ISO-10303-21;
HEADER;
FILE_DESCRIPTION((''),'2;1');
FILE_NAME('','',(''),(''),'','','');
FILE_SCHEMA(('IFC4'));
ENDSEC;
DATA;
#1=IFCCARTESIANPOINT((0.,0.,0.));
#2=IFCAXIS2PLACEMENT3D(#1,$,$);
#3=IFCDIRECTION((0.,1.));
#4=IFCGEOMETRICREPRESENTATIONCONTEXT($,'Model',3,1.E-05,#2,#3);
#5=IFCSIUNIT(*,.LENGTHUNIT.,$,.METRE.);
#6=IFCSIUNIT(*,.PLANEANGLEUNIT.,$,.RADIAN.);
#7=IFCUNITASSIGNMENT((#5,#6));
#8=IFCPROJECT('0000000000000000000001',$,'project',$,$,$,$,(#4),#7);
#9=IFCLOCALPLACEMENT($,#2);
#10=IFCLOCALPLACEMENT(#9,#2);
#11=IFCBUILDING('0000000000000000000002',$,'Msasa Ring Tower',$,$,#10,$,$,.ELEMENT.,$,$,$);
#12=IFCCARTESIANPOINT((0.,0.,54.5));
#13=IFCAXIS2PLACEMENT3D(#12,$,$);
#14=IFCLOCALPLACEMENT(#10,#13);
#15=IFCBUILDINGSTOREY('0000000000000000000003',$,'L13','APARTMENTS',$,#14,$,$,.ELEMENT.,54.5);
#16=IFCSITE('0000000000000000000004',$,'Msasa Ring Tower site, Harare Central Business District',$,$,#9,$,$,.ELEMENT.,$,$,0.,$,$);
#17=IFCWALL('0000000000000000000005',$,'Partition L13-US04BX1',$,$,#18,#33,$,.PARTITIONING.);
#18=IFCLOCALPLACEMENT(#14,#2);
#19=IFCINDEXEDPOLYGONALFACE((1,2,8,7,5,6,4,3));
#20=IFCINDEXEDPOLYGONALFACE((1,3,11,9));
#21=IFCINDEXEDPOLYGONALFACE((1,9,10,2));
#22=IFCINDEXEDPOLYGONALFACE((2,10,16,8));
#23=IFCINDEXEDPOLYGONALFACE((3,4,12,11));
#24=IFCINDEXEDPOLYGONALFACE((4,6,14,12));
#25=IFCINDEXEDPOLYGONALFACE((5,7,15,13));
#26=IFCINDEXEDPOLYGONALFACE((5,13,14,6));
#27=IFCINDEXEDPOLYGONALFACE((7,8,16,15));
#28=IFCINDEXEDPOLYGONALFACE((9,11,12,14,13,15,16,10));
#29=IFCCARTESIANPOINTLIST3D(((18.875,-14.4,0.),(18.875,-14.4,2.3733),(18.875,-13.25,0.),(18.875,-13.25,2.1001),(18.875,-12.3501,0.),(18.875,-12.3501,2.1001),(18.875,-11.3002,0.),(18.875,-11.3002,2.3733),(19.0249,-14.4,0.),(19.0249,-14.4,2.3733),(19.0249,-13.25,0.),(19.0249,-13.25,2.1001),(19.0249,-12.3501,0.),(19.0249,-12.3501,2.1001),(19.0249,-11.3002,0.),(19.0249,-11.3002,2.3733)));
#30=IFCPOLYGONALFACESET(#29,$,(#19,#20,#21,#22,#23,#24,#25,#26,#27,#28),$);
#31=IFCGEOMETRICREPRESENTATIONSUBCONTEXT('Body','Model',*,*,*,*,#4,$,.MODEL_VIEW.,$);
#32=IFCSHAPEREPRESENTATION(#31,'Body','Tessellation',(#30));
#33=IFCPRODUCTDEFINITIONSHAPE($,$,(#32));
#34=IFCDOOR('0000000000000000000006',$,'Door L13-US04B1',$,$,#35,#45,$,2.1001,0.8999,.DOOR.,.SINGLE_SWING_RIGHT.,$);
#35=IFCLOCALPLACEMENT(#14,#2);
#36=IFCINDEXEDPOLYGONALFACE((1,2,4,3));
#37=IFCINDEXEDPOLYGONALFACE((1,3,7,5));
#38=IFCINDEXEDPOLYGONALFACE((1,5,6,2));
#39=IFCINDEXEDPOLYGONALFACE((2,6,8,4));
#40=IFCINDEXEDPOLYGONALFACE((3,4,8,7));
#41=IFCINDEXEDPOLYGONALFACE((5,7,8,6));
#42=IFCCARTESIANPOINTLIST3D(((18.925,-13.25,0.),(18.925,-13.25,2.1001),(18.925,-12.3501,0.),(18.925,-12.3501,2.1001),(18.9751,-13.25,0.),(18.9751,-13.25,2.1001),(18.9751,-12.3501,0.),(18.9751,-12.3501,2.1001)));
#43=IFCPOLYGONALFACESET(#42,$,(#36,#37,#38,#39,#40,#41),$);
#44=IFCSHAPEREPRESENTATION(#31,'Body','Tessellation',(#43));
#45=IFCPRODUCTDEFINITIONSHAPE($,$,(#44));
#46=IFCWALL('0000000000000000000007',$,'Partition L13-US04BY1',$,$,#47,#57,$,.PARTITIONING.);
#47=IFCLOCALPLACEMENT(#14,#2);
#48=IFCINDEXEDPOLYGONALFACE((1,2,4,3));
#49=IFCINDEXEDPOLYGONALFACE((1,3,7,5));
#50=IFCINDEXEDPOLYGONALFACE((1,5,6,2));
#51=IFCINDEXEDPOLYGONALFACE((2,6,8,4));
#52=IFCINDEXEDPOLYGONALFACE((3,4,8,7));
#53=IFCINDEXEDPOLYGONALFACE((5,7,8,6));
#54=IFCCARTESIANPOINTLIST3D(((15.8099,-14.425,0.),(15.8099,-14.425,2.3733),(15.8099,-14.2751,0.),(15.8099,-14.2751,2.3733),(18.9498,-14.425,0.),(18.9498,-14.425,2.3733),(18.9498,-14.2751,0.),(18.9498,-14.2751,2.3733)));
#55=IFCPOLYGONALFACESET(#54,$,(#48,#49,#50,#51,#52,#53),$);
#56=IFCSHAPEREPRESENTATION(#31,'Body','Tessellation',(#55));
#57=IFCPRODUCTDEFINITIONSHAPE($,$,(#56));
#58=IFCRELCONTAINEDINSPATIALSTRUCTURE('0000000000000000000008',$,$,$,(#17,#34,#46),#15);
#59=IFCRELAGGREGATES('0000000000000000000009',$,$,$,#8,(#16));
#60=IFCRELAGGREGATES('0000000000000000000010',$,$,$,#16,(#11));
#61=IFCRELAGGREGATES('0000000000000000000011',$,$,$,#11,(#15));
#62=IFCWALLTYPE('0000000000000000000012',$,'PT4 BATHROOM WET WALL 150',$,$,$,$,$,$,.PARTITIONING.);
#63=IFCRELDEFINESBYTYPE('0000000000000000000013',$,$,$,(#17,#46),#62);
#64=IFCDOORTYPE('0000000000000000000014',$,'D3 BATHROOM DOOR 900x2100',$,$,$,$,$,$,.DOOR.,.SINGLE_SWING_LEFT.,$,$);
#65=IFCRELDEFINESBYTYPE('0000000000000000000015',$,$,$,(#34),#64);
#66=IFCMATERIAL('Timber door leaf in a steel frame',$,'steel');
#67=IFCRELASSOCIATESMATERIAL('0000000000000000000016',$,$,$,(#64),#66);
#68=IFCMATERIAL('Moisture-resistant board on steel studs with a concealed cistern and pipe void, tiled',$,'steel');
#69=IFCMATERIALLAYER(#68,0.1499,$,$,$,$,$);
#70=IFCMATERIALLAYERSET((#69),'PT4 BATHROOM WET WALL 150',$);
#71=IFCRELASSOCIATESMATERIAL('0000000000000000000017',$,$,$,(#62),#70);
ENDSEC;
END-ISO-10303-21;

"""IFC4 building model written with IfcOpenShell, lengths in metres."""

from ifc_helpers import new_model, si_unit, direction, frame, frame_2d, origin, place, context, subcontext, project, spatial, rectangle, extrude, material, layer, layer_set, type_object, element, fill, save


model = new_model("IFC4")

# Units and contexts
model_context = context("Model", 3, precision=1e-05, world=origin(), true_north=direction((0.0, 1.0)))
body_context = subcontext(model_context, "Body", "Model", "MODEL_VIEW")
ifc_project = project(units=[si_unit("LENGTHUNIT", "METRE"), si_unit("PLANEANGLEUNIT", "RADIAN")], contexts=[model_context])

# Site, building, storey
site_placement = place(None, origin())
site = spatial("IfcSite", under=ifc_project, at=site_placement, Name="Msasa Ring Tower site, Harare Central Business District", CompositionType="ELEMENT", RefElevation=0.0)
building_placement = place(site_placement, origin())
building = spatial("IfcBuilding", under=site, at=building_placement, Name="Msasa Ring Tower", CompositionType="ELEMENT")
storey_placement = place(building_placement, frame((0.0, 0.0, 54.5)))
storey = spatial("IfcBuildingStorey", under=building, at=storey_placement, Name="L13", Description="APARTMENTS", CompositionType="ELEMENT", Elevation=54.5)

# Shared definitions
ifc_material_1 = material(Name="Timber door leaf in a steel frame", Category="steel")
door_type_1 = type_object("IfcDoorType", Name="D3 BATHROOM DOOR 900x2100", OperationType="SINGLE_SWING_LEFT", PredefinedType="DOOR", material=ifc_material_1)

# Wall, opening, door
ifc_material_2 = material(Name="Moisture-resistant board on steel studs with a concealed cistern and pipe void, tiled", Category="steel")
ifc_layer_1 = layer(ifc_material_2, 0.1499)
ifc_layer_set_1 = layer_set([ifc_layer_1], Name="PT4 BATHROOM WET WALL 150")
wall_type_1 = type_object("IfcWallType", Name="PT4 BATHROOM WET WALL 150", PredefinedType="PARTITIONING", material=ifc_layer_set_1)
wall_1_placement = place(storey_placement, frame((18.95, -14.3999, 0.0), z_axis=(0.0, 0.0, 1.0), x_axis=(0.0, 1.0, 0.0)))
wall_1 = element("IfcWall", 1, at=wall_1_placement, inside=storey, type_object=wall_type_1, Name="Partition L13-US04BX1", PredefinedType="PARTITIONING", context=body_context, shape_type="SweptSolid", body=[
    extrude(rectangle(XDim=3.0999, YDim=0.1499, at=frame_2d((1.5498, 0.0))), origin(), (0.0, 0.0, 1.0), 2.3733),
])
opening_1_placement = place(wall_1_placement, frame((1.1499, 0.0, 0.0)))
opening_1 = element("IfcOpeningElement", 2, at=opening_1_placement, cuts=wall_1, PredefinedType="OPENING", context=body_context, shape_type="SweptSolid", body=[
    extrude(rectangle(XDim=0.8999, YDim=2.1001, at=frame_2d((0.45, 1.05))), frame((0.0, 0.085, 0.0), z_axis=(0.0, -1.0, 0.0), x_axis=(1.0, 0.0, 0.0)), (0.0, 0.0, 1.0), 0.1699),
])
door_1_placement = place(opening_1_placement, origin())
door_1 = element("IfcDoor", 3, at=door_1_placement, inside=storey, type_object=door_type_1, Name="Door L13-US04B1", OperationType="SINGLE_SWING_RIGHT", OverallHeight=2.1001, OverallWidth=0.8999, PredefinedType="DOOR", context=body_context, shape_type="SweptSolid", body=[
    extrude(rectangle(XDim=0.8999, YDim=2.1001, at=frame_2d((0.45, 1.05))), frame((0.0, 0.0249, 0.0), z_axis=(0.0, -1.0, 0.0), x_axis=(1.0, 0.0, 0.0)), (0.0, 0.0, 1.0), 0.05),
])
fill(opening_1, door_1)

# Wall
wall_2_placement = place(storey_placement, frame((15.8101, -14.3501, 0.0), z_axis=(0.0, 0.0, 1.0), x_axis=(1.0, 0.0, 0.0)))
element("IfcWall", 4, at=wall_2_placement, inside=storey, type_object=wall_type_1, Name="Partition L13-US04BY1", PredefinedType="PARTITIONING", context=body_context, shape_type="SweptSolid", body=[
    extrude(rectangle(XDim=3.1399, YDim=0.1499, at=frame_2d((1.5698, 0.0))), origin(), (0.0, 0.0, 1.0), 2.3733),
])

save(model, "model.ifc")
